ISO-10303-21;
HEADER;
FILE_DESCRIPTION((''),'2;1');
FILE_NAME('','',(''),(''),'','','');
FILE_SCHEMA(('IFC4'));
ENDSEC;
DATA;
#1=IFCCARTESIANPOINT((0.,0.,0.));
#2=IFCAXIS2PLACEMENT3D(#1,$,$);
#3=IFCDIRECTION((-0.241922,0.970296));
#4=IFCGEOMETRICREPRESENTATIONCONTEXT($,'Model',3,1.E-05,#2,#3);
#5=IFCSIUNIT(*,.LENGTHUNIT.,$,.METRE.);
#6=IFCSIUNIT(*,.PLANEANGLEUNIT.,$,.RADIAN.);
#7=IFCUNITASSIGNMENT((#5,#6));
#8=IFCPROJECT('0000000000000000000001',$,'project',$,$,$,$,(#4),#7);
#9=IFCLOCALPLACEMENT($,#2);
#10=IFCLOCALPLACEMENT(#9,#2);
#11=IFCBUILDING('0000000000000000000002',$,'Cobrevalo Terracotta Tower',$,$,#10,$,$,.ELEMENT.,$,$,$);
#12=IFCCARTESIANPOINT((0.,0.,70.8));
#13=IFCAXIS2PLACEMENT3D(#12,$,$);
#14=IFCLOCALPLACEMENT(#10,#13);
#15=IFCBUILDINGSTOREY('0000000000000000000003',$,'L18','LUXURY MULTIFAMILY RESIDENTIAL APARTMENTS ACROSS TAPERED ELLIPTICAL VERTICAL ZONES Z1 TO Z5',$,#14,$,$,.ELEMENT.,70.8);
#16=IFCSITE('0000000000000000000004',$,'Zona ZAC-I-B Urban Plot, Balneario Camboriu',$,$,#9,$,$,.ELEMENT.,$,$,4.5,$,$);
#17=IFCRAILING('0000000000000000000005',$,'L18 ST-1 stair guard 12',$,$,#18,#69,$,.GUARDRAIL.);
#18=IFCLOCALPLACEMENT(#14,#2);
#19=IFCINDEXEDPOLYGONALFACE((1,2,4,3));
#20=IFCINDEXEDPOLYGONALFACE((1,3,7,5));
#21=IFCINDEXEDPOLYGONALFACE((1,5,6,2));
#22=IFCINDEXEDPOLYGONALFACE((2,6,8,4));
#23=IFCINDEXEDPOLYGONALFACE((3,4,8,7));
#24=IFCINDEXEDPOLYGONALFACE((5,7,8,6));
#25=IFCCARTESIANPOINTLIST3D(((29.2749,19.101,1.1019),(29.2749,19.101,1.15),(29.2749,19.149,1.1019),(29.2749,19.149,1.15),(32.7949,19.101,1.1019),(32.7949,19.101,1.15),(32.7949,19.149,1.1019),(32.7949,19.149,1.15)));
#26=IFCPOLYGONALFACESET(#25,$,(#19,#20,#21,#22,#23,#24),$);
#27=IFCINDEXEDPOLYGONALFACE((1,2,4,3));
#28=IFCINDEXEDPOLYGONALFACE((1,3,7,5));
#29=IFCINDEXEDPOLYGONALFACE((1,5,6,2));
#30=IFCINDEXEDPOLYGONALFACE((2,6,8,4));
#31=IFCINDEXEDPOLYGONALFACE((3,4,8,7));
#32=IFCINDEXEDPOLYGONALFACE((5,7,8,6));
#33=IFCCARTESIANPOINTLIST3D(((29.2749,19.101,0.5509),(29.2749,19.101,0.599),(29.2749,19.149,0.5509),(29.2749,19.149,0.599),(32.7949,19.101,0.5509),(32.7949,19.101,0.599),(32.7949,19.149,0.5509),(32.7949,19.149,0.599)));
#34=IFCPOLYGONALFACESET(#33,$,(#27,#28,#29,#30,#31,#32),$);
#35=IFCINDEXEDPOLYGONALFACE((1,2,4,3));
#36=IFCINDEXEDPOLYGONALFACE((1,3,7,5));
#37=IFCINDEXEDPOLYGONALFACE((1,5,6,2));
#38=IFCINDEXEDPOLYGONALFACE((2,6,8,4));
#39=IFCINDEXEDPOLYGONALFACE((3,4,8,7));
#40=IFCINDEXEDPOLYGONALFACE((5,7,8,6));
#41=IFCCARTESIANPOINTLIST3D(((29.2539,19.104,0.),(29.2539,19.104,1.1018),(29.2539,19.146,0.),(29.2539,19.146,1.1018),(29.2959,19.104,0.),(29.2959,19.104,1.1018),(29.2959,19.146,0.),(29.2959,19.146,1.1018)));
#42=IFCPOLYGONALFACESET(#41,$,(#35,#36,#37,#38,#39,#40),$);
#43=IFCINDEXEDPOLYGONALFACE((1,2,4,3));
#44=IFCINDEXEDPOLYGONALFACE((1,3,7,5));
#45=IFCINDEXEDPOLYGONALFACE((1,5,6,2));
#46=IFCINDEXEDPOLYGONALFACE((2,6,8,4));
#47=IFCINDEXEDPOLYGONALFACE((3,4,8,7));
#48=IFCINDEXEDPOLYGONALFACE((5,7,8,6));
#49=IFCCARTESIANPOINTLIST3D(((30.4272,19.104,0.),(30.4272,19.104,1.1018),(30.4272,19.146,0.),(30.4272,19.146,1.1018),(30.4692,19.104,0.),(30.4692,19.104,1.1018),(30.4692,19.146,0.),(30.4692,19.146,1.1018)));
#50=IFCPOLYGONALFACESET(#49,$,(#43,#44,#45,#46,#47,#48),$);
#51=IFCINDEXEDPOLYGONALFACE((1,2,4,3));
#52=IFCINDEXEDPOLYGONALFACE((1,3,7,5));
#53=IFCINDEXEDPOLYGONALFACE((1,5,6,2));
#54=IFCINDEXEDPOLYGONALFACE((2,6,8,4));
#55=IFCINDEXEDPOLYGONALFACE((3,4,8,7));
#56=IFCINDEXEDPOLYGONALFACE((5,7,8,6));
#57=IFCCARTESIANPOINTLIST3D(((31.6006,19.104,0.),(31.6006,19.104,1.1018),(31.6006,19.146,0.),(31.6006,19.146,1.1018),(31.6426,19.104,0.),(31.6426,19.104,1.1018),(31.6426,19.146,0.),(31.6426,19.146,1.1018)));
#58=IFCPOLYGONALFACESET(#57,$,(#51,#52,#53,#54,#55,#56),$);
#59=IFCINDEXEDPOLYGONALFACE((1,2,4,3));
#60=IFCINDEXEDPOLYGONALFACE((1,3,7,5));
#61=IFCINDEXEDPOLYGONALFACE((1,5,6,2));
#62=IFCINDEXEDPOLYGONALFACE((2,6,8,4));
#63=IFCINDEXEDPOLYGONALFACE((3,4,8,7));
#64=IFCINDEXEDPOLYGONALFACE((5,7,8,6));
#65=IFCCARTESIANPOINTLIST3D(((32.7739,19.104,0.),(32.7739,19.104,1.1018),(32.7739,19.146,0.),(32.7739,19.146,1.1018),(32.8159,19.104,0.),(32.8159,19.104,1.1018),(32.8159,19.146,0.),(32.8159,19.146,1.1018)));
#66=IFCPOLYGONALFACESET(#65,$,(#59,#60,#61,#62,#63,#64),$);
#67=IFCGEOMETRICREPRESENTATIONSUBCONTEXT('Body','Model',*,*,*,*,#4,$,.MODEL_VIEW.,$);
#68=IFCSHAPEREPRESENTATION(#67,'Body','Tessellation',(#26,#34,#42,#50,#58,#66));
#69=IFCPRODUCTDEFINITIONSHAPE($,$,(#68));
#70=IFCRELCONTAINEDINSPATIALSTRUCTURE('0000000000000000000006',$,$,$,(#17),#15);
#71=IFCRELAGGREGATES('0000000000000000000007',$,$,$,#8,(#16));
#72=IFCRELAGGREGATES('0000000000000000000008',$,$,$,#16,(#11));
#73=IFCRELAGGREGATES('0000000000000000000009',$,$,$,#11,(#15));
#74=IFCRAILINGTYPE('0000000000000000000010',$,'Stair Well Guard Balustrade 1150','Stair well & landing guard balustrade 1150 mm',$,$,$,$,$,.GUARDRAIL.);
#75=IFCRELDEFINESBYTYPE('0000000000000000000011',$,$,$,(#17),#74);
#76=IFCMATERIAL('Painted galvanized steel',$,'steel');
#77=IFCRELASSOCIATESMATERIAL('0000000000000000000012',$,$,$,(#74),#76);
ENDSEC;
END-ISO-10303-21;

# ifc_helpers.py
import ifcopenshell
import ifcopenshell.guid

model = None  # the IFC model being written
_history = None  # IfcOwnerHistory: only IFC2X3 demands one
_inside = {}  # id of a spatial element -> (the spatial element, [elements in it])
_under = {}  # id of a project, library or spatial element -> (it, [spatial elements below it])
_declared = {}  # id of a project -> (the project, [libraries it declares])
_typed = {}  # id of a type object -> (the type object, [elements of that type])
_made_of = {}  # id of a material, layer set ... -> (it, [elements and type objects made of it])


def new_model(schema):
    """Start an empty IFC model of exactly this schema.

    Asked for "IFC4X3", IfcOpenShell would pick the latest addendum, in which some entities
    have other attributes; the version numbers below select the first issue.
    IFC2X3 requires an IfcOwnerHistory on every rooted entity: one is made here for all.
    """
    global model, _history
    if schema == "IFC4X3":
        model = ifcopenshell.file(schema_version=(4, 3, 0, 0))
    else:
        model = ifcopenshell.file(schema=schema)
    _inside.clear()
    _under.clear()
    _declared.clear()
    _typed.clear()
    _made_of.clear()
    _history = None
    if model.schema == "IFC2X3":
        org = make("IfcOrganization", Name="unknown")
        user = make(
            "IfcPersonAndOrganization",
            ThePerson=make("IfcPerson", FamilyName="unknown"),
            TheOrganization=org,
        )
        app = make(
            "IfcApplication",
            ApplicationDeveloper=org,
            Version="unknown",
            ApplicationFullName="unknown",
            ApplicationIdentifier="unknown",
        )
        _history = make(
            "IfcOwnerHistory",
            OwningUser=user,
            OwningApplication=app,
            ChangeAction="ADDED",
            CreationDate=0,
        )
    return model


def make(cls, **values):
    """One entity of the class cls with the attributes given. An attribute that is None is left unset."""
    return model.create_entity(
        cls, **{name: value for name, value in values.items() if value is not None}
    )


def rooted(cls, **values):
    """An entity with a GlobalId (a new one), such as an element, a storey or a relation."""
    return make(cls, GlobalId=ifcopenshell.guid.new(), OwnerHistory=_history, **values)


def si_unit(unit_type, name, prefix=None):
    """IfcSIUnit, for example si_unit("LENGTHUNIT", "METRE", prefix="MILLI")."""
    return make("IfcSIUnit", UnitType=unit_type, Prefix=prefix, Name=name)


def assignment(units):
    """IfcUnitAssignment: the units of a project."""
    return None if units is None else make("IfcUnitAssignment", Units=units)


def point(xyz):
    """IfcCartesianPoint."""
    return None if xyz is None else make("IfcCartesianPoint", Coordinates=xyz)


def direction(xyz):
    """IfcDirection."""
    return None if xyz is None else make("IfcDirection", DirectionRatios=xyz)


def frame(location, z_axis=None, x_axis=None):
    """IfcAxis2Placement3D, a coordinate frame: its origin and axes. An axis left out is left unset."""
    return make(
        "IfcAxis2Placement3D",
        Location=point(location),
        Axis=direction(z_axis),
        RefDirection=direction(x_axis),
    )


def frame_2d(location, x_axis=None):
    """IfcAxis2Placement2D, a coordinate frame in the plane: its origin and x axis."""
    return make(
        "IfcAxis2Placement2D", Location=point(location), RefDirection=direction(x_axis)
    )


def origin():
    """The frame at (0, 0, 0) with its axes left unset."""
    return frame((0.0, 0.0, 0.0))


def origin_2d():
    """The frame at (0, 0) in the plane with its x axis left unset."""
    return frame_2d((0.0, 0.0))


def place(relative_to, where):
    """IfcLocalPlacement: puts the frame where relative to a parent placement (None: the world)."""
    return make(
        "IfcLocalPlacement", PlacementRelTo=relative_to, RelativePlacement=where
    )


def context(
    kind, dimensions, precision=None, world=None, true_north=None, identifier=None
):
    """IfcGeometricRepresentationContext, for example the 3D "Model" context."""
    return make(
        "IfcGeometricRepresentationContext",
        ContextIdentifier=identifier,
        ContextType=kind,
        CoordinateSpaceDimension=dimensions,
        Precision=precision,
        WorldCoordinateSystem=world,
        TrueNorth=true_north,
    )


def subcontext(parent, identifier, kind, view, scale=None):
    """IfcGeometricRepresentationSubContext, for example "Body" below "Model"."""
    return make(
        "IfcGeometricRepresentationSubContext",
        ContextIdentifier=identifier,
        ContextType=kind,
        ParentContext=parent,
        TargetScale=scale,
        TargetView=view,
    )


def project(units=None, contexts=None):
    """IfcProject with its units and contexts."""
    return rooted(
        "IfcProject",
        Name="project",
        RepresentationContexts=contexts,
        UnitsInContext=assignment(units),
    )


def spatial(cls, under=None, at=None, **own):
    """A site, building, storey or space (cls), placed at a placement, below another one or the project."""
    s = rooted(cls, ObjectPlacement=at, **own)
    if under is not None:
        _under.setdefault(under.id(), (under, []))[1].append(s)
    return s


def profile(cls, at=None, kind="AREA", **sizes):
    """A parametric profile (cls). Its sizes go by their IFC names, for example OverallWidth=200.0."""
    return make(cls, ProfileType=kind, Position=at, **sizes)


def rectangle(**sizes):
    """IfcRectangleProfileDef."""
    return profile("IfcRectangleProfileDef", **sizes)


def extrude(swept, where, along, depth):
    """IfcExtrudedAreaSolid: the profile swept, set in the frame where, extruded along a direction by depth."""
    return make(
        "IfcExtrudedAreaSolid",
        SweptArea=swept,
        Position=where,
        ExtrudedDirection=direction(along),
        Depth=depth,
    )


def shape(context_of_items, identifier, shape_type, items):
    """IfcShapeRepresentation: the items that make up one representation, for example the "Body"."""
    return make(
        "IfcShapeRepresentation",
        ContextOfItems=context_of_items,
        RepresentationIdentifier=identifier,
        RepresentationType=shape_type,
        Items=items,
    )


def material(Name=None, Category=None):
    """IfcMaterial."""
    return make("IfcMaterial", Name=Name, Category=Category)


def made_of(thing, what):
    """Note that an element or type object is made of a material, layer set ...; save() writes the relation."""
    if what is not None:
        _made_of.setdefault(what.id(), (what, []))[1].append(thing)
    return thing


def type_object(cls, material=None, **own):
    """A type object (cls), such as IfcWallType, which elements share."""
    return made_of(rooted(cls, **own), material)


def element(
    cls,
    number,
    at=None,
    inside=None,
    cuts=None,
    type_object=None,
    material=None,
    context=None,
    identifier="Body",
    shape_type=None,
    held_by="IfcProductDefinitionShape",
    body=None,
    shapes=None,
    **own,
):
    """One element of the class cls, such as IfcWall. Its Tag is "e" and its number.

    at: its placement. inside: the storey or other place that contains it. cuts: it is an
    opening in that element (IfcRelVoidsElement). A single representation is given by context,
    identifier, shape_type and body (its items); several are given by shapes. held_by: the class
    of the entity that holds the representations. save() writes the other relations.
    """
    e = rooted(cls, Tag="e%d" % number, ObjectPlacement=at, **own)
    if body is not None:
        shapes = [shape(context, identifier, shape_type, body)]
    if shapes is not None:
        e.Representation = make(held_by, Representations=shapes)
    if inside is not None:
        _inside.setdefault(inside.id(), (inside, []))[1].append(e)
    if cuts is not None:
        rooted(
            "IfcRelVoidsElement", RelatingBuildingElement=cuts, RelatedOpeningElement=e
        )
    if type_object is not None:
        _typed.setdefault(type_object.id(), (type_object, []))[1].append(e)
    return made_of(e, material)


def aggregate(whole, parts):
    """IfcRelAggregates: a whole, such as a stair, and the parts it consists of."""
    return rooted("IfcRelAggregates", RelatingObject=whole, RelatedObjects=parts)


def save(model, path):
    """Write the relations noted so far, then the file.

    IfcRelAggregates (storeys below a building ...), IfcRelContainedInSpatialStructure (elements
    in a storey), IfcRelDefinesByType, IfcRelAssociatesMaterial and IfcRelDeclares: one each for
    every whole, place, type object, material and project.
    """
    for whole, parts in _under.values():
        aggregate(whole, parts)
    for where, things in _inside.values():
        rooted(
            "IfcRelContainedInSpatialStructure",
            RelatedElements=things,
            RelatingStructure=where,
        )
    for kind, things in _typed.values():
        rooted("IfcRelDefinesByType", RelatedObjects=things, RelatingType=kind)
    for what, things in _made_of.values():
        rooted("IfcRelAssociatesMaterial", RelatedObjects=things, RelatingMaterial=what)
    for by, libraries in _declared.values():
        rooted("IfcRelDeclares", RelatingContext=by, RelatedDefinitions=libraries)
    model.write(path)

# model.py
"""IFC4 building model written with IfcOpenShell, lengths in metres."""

from ifc_helpers import new_model, si_unit, direction, frame, origin, origin_2d, place, context, subcontext, project, spatial, rectangle, extrude, material, type_object, element, save


model = new_model("IFC4")

# Units and contexts
model_context = context("Model", 3, precision=1e-05, world=origin(), true_north=direction((-0.241922, 0.970296)))
body_context = subcontext(model_context, "Body", "Model", "MODEL_VIEW")
ifc_project = project(units=[si_unit("LENGTHUNIT", "METRE"), si_unit("PLANEANGLEUNIT", "RADIAN")], contexts=[model_context])

# Site, building, storey
site_placement = place(None, origin())
site = spatial("IfcSite", under=ifc_project, at=site_placement, Name="Zona ZAC-I-B Urban Plot, Balneario Camboriu", CompositionType="ELEMENT", RefElevation=4.5)
building_placement = place(site_placement, origin())
building = spatial("IfcBuilding", under=site, at=building_placement, Name="Cobrevalo Terracotta Tower", CompositionType="ELEMENT")
storey_placement = place(building_placement, frame((0.0, 0.0, 70.8)))
storey = spatial("IfcBuildingStorey", under=building, at=storey_placement, Name="L18", Description="LUXURY MULTIFAMILY RESIDENTIAL APARTMENTS ACROSS TAPERED ELLIPTICAL VERTICAL ZONES Z1 TO Z5", CompositionType="ELEMENT", Elevation=70.8)

# Railing
ifc_material_1 = material(Name="Painted galvanized steel", Category="steel")
railing_type_1 = type_object("IfcRailingType", Name="Stair Well Guard Balustrade 1150", Description="Stair well & landing guard balustrade 1150 mm", PredefinedType="GUARDRAIL", material=ifc_material_1)
railing_1_placement = place(storey_placement, frame((29.2749, 19.125, 0.0)))
element("IfcRailing", 1, at=railing_1_placement, inside=storey, type_object=railing_type_1, Name="L18 ST-1 stair guard 12", PredefinedType="GUARDRAIL", context=body_context, shape_type="SweptSolid", body=[
    extrude(rectangle(XDim=0.0481, YDim=0.0481, at=origin_2d()), frame((0.0, 0.0, 1.126), z_axis=(1.0, 0.0, 0.0), x_axis=(0.0, 1.0, 0.0)), (0.0, 0.0, 1.0), 3.52),
    extrude(rectangle(XDim=0.0481, YDim=0.0481, at=origin_2d()), frame((0.0, 0.0, 0.575), z_axis=(1.0, 0.0, 0.0), x_axis=(0.0, 1.0, 0.0)), (0.0, 0.0, 1.0), 3.52),
    extrude(rectangle(XDim=0.042, YDim=0.042, at=origin_2d()), origin(), (0.0, 0.0, 1.0), 1.1018),
    extrude(rectangle(XDim=0.042, YDim=0.042, at=origin_2d()), frame((1.1733, 0.0, 0.0)), (0.0, 0.0, 1.0), 1.1018),
    extrude(rectangle(XDim=0.042, YDim=0.042, at=origin_2d()), frame((2.3467, 0.0, 0.0)), (0.0, 0.0, 1.0), 1.1018),
    extrude(rectangle(XDim=0.042, YDim=0.042, at=origin_2d()), frame((3.52, 0.0, 0.0)), (0.0, 0.0, 1.0), 1.1018),
])

save(model, "model.ifc")
